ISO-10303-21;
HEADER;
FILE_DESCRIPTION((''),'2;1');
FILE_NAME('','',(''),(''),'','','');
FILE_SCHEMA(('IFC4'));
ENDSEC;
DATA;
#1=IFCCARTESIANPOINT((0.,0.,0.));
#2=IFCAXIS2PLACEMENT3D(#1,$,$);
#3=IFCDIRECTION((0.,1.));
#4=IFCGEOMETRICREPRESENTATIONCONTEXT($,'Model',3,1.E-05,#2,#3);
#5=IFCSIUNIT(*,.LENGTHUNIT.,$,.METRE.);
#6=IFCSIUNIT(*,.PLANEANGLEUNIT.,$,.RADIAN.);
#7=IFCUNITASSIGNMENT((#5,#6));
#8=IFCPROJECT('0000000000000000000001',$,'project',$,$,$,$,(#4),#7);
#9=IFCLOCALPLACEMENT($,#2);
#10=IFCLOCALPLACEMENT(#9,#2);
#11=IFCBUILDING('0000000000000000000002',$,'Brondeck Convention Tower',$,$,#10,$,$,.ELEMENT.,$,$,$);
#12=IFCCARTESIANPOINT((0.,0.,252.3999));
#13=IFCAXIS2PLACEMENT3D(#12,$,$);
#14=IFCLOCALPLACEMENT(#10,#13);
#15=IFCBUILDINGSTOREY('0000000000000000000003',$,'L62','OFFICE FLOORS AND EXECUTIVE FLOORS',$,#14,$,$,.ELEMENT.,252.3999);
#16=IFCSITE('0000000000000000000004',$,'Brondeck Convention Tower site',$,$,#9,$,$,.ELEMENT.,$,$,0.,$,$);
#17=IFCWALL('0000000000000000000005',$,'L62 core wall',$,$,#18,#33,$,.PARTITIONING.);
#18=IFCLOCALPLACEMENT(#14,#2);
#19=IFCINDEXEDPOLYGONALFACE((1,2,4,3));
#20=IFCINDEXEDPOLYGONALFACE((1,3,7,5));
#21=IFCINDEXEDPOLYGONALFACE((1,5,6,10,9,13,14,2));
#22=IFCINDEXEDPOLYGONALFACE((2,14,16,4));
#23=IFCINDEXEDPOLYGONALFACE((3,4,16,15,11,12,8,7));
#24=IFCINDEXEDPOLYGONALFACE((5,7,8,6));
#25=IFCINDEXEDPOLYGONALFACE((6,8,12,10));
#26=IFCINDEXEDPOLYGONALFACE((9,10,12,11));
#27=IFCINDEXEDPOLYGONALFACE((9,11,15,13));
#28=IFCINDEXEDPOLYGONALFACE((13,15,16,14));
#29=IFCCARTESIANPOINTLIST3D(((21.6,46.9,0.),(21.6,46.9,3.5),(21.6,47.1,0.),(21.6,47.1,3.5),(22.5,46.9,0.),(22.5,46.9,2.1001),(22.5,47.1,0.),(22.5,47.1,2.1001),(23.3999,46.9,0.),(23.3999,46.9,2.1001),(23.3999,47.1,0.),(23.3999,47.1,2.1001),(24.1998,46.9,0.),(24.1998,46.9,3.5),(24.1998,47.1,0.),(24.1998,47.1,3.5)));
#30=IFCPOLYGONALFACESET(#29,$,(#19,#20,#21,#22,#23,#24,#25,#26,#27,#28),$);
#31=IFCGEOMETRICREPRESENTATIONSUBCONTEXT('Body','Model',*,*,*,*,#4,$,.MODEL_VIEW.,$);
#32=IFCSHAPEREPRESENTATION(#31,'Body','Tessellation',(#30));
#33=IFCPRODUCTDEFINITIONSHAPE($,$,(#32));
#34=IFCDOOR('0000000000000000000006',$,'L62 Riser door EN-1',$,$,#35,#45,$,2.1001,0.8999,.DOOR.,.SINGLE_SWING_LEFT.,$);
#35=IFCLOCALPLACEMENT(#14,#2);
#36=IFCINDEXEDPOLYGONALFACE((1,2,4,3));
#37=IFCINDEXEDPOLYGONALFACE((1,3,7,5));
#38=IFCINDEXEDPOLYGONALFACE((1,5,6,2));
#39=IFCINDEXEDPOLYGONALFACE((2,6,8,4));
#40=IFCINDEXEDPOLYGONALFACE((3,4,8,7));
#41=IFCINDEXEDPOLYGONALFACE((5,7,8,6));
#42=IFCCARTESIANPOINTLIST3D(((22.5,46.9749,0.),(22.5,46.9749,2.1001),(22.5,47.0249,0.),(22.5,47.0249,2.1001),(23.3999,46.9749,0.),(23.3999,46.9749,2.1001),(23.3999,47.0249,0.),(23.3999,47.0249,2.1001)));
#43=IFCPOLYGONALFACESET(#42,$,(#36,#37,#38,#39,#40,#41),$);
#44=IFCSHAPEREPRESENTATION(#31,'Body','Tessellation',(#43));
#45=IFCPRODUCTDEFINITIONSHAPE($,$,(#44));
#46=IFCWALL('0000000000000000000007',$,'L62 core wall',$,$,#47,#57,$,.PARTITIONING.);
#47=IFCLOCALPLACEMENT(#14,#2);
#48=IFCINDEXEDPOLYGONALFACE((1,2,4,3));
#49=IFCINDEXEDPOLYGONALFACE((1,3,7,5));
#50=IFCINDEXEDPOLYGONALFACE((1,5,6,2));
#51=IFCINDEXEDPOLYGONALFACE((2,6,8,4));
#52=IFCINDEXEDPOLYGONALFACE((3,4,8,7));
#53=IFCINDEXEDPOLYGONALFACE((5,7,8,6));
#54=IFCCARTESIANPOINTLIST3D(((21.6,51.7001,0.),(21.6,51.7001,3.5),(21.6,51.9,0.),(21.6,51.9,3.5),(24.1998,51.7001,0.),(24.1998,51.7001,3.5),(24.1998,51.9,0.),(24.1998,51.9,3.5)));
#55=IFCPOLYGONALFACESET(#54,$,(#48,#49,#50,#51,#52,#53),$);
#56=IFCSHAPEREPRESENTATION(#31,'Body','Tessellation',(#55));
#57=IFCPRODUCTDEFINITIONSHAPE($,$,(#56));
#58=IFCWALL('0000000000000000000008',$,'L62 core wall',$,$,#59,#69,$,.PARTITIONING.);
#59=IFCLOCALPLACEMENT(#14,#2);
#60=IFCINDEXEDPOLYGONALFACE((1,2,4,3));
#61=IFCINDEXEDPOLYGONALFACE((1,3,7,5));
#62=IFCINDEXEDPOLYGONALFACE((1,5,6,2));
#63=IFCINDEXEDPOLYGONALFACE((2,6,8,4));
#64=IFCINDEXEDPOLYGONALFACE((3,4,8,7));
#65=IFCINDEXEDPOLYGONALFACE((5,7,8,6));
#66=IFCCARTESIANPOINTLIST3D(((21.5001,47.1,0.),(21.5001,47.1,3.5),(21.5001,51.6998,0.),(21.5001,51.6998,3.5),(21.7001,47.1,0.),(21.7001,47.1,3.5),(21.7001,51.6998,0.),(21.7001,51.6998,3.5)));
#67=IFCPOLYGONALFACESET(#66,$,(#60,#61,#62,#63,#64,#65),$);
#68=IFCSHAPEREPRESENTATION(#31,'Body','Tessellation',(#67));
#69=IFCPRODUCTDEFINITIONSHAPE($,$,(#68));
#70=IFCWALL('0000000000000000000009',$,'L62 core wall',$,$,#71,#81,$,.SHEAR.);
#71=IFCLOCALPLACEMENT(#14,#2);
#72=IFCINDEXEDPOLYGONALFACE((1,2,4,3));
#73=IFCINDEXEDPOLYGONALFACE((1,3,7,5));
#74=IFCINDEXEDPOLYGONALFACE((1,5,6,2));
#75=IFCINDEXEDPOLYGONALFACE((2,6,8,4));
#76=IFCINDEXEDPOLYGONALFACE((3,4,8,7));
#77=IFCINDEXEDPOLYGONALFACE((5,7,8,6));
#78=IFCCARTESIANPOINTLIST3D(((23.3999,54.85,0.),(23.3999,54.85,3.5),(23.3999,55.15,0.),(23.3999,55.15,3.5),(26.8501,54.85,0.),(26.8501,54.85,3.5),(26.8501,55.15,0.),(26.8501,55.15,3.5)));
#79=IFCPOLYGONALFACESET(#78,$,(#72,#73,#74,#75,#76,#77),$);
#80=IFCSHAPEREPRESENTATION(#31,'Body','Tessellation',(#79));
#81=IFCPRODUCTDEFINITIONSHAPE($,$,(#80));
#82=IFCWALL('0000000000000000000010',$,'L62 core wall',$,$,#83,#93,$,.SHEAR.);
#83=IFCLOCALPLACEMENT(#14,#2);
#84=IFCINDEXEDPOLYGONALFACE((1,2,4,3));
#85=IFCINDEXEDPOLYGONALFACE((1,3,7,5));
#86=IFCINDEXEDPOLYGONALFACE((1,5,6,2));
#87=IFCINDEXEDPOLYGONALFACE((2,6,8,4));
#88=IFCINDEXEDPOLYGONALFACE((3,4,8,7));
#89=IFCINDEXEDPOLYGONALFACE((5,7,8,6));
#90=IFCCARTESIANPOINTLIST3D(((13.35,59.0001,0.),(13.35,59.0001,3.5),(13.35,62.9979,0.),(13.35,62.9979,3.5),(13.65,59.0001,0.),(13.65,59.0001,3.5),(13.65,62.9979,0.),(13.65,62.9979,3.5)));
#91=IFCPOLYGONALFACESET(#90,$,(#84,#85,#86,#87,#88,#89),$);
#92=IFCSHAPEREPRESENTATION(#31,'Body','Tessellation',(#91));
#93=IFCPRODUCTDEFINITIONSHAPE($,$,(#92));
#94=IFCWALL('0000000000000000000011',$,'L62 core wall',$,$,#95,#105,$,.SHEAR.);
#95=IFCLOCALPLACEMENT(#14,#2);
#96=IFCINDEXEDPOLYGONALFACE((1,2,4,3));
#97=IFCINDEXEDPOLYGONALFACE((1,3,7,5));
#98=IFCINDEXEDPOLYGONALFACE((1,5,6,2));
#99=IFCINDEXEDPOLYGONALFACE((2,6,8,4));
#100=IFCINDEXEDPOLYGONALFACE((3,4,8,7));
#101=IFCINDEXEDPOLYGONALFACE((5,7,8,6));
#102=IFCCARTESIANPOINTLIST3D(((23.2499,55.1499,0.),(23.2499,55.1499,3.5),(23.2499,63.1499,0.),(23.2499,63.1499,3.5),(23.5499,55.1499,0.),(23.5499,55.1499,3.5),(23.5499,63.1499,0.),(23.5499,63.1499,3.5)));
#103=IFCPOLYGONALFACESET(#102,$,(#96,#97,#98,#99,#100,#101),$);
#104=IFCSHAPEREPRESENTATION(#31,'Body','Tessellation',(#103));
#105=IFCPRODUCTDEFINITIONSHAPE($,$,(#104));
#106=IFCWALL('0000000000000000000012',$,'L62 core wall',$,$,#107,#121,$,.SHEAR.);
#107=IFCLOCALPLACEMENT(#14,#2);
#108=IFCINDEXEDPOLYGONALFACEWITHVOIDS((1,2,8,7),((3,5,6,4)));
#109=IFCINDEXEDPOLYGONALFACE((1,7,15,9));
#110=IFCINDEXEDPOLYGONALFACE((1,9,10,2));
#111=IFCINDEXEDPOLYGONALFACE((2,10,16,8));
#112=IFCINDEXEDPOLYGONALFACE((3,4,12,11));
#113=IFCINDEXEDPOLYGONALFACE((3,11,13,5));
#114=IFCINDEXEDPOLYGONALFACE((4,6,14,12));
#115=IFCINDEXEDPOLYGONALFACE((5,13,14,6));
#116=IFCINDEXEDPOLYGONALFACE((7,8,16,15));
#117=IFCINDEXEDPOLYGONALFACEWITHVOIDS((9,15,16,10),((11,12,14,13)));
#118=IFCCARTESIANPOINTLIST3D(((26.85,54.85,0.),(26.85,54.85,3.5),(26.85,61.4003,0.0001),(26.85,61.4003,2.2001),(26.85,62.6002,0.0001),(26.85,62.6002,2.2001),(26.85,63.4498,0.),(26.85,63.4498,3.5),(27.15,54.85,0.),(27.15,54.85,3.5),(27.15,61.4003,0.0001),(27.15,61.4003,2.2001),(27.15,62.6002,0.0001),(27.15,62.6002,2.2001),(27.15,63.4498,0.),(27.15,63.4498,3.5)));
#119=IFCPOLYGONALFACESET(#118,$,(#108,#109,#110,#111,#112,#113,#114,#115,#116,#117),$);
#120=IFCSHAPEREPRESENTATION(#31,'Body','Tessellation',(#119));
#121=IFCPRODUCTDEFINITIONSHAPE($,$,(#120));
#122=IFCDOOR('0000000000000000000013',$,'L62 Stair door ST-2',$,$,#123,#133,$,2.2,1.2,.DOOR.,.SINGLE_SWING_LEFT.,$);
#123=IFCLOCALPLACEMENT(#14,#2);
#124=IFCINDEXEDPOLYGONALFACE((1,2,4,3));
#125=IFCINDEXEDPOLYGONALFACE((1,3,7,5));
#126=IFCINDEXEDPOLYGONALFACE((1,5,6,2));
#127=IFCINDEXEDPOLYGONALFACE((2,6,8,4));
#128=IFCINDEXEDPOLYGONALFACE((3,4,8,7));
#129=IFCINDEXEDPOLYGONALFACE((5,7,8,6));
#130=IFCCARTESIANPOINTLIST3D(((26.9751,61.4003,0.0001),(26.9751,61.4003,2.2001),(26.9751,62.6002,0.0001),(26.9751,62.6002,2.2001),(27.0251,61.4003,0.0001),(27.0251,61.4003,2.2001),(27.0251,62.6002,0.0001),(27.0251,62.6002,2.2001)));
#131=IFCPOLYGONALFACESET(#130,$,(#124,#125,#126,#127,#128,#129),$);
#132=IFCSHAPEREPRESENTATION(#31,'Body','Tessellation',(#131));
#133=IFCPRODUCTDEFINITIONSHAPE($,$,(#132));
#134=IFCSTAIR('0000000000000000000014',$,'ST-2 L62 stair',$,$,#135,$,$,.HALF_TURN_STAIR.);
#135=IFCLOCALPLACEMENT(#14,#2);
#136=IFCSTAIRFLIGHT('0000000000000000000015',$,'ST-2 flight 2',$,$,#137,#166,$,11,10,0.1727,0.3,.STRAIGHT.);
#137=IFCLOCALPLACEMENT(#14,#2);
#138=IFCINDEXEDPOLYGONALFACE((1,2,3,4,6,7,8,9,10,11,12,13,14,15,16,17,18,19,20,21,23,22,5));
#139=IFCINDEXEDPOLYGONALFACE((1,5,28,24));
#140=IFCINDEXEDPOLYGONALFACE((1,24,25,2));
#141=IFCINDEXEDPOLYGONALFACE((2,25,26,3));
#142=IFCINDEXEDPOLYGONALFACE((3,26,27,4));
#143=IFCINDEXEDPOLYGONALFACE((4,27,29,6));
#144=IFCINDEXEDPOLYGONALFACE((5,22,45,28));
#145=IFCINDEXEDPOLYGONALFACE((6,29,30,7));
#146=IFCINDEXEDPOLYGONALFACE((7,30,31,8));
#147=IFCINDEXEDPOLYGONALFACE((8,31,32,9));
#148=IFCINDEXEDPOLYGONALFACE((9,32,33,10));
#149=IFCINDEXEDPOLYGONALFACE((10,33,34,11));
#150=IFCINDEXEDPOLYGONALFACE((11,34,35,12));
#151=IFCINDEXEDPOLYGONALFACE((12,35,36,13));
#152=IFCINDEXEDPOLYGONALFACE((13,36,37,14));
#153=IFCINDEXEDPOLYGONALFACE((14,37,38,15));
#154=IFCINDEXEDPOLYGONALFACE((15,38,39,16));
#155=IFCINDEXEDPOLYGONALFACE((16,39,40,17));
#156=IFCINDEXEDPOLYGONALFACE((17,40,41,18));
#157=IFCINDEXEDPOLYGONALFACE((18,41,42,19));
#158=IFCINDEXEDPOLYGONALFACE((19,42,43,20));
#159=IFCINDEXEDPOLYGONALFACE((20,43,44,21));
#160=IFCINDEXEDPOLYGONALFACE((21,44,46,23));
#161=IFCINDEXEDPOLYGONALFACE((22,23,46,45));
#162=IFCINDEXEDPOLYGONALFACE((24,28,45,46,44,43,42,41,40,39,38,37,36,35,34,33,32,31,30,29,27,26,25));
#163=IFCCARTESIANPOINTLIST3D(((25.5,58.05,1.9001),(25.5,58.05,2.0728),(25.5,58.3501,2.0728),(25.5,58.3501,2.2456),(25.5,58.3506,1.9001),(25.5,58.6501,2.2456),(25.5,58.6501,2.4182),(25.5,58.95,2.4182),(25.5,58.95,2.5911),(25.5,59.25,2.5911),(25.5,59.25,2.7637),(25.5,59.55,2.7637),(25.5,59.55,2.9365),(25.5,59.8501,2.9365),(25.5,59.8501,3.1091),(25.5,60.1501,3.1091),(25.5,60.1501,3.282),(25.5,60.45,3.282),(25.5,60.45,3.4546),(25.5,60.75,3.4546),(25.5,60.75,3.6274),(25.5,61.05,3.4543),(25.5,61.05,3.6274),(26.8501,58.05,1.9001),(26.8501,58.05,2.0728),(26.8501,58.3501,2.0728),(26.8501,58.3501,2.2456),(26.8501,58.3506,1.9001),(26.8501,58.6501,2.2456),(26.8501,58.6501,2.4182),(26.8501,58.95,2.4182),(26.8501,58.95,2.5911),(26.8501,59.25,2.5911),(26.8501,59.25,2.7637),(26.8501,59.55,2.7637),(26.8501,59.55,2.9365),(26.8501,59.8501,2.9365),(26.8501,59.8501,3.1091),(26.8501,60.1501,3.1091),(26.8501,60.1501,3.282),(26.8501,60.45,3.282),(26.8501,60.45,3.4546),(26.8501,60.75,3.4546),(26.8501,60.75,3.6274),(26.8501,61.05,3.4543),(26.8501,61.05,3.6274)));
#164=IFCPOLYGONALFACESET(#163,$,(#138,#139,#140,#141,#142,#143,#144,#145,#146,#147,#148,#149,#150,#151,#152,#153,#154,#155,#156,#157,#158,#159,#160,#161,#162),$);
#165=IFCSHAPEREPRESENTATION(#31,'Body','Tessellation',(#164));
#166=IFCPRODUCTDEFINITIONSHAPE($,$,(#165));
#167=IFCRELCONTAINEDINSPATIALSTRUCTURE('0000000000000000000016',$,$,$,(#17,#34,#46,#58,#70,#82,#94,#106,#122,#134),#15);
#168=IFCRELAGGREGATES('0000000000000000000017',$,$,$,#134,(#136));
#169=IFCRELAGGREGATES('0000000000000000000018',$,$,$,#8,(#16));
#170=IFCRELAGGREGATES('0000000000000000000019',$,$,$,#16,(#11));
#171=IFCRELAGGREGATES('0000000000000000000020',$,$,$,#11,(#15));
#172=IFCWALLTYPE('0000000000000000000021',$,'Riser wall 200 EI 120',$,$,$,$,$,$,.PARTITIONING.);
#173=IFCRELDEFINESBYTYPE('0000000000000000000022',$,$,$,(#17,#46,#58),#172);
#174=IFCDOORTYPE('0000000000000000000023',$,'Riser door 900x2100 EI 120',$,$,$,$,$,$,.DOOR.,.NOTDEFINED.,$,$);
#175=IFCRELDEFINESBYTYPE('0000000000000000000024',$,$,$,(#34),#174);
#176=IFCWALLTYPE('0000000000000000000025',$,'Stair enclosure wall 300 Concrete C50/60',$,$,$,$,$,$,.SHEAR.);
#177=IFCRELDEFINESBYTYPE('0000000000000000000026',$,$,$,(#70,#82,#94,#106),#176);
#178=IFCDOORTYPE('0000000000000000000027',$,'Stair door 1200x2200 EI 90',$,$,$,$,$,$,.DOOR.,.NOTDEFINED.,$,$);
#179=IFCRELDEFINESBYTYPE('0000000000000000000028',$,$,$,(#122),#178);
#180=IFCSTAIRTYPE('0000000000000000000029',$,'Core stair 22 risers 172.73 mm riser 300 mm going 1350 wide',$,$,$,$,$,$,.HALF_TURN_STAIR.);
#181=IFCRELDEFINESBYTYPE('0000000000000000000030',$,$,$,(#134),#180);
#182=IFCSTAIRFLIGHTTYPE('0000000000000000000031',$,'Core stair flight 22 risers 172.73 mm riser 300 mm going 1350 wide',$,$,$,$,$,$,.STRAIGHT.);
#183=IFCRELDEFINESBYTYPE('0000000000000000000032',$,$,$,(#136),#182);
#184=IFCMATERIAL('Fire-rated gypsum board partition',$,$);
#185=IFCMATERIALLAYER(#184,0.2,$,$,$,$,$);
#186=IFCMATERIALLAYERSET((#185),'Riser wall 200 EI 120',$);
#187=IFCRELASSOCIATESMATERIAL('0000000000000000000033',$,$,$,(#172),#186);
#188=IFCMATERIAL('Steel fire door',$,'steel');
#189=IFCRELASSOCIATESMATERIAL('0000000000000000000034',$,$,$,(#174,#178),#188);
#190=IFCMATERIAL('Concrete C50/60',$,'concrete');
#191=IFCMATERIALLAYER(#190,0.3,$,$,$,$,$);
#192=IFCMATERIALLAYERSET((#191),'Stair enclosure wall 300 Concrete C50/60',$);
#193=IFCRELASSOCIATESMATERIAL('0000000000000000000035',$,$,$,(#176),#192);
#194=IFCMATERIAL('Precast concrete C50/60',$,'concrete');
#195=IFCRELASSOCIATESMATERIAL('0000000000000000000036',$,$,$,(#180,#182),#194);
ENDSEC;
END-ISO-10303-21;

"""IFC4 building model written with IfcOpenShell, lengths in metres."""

from ifc_helpers import new_model, si_unit, direction, frame, frame_2d, origin, place, context, subcontext, project, spatial, polyline, rectangle, outline, extrude, material, layer, layer_set, type_object, element, fill, aggregate, save


model = new_model("IFC4")

# Units and contexts
model_context = context("Model", 3, precision=1e-05, world=origin(), true_north=direction((0.0, 1.0)))
body_context = subcontext(model_context, "Body", "Model", "MODEL_VIEW")
ifc_project = project(units=[si_unit("LENGTHUNIT", "METRE"), si_unit("PLANEANGLEUNIT", "RADIAN")], contexts=[model_context])

# Site, building, storey
site_placement = place(None, origin())
site = spatial("IfcSite", under=ifc_project, at=site_placement, Name="Brondeck Convention Tower site", CompositionType="ELEMENT", RefElevation=0.0)
building_placement = place(site_placement, origin())
building = spatial("IfcBuilding", under=site, at=building_placement, Name="Brondeck Convention Tower", CompositionType="ELEMENT")
storey_placement = place(building_placement, frame((0.0, 0.0, 252.3999)))
storey = spatial("IfcBuildingStorey", under=building, at=storey_placement, Name="L62", Description="OFFICE FLOORS AND EXECUTIVE FLOORS", CompositionType="ELEMENT", Elevation=252.3999)

# Shared definitions
ifc_material_1 = material(Name="Concrete C50/60", Category="concrete")
ifc_material_2 = material(Name="Fire-rated gypsum board partition")

# Shared definitions
ifc_material_3 = material(Name="Steel fire door", Category="steel")

# Wall, opening, door
ifc_layer_1 = layer(ifc_material_2, 0.2)
ifc_layer_set_1 = layer_set([ifc_layer_1], Name="Riser wall 200 EI 120")
wall_type_1 = type_object("IfcWallType", Name="Riser wall 200 EI 120", PredefinedType="PARTITIONING", material=ifc_layer_set_1)
wall_1_placement = place(storey_placement, frame((21.6001, 47.0, 0.0), z_axis=(0.0, 0.0, 1.0), x_axis=(1.0, 0.0, 0.0)))
wall_1 = element("IfcWall", 1, at=wall_1_placement, inside=storey, type_object=wall_type_1, Name="L62 core wall", PredefinedType="PARTITIONING", context=body_context, shape_type="SweptSolid", body=[
    extrude(rectangle(XDim=2.5999, YDim=0.2, at=frame_2d((1.2998, 0.0))), origin(), (0.0, 0.0, 1.0), 3.5),
])
opening_1_placement = place(wall_1_placement, frame((0.8999, 0.0, 0.0)))
opening_1 = element("IfcOpeningElement", 2, at=opening_1_placement, cuts=wall_1, PredefinedType="OPENING", context=body_context, shape_type="SweptSolid", body=[
    extrude(rectangle(XDim=0.8999, YDim=2.1001, at=frame_2d((0.45, 1.05))), frame((0.0, 0.1099, 0.0), z_axis=(0.0, -1.0, 0.0), x_axis=(1.0, 0.0, 0.0)), (0.0, 0.0, 1.0), 0.22),
])
door_type_1 = type_object("IfcDoorType", Name="Riser door 900x2100 EI 120", OperationType="NOTDEFINED", PredefinedType="DOOR", material=ifc_material_3)
door_1_placement = place(opening_1_placement, origin())
door_1 = element("IfcDoor", 3, at=door_1_placement, inside=storey, type_object=door_type_1, Name="L62 Riser door EN-1", OperationType="SINGLE_SWING_LEFT", OverallHeight=2.1001, OverallWidth=0.8999, PredefinedType="DOOR", context=body_context, shape_type="SweptSolid", body=[
    extrude(rectangle(XDim=0.8999, YDim=2.1001, at=frame_2d((0.45, 1.05))), frame((0.0, 0.0249, 0.0), z_axis=(0.0, -1.0, 0.0), x_axis=(1.0, 0.0, 0.0)), (0.0, 0.0, 1.0), 0.05),
])
fill(opening_1, door_1)

# Walls
wall_2_placement = place(storey_placement, frame((21.6001, 51.8, 0.0), z_axis=(0.0, 0.0, 1.0), x_axis=(1.0, 0.0, 0.0)))
element("IfcWall", 4, at=wall_2_placement, inside=storey, type_object=wall_type_1, Name="L62 core wall", PredefinedType="PARTITIONING", context=body_context, shape_type="SweptSolid", body=[
    extrude(rectangle(XDim=2.5999, YDim=0.2, at=frame_2d((1.2998, 0.0))), origin(), (0.0, 0.0, 1.0), 3.5),
])
wall_3_placement = place(storey_placement, frame((21.6001, 47.1001, 0.0), z_axis=(0.0, 0.0, 1.0), x_axis=(0.0, 1.0, 0.0)))
element("IfcWall", 5, at=wall_3_placement, inside=storey, type_object=wall_type_1, Name="L62 core wall", PredefinedType="PARTITIONING", context=body_context, shape_type="SweptSolid", body=[
    extrude(rectangle(XDim=4.5999, YDim=0.2, at=frame_2d((2.2998, 0.0))), origin(), (0.0, 0.0, 1.0), 3.5),
])
ifc_layer_2 = layer(ifc_material_1, 0.3)
ifc_layer_set_2 = layer_set([ifc_layer_2], Name="Stair enclosure wall 300 Concrete C50/60")
wall_type_2 = type_object("IfcWallType", Name="Stair enclosure wall 300 Concrete C50/60", PredefinedType="SHEAR", material=ifc_layer_set_2)
wall_4_placement = place(storey_placement, frame((23.3999, 55.0, 0.0), z_axis=(0.0, 0.0, 1.0), x_axis=(1.0, 0.0, 0.0)))
element("IfcWall", 6, at=wall_4_placement, inside=storey, type_object=wall_type_2, Name="L62 core wall", PredefinedType="SHEAR", context=body_context, shape_type="SweptSolid", body=[
    extrude(rectangle(XDim=3.4502, YDim=0.3, at=frame_2d((1.7251, 0.0))), origin(), (0.0, 0.0, 1.0), 3.5),
])
wall_5_placement = place(storey_placement, frame((13.5, 59.0, 0.0), z_axis=(0.0, 0.0, 1.0), x_axis=(0.0, 1.0, 0.0)))
element("IfcWall", 7, at=wall_5_placement, inside=storey, type_object=wall_type_2, Name="L62 core wall", PredefinedType="SHEAR", context=body_context, shape_type="SweptSolid", body=[
    extrude(rectangle(XDim=3.9978, YDim=0.3, at=frame_2d((1.999, 0.0))), origin(), (0.0, 0.0, 1.0), 3.5),
])
wall_6_placement = place(storey_placement, frame((23.3999, 55.1499, 0.0), z_axis=(0.0, 0.0, 1.0), x_axis=(0.0, 1.0, 0.0)))
element("IfcWall", 8, at=wall_6_placement, inside=storey, type_object=wall_type_2, Name="L62 core wall", PredefinedType="SHEAR", context=body_context, shape_type="SweptSolid", body=[
    extrude(rectangle(XDim=8.0, YDim=0.3, at=frame_2d((4.0, 0.0))), origin(), (0.0, 0.0, 1.0), 3.5),
])

# Wall, opening, door
wall_7_placement = place(storey_placement, frame((27.0, 54.8501, 0.0), z_axis=(0.0, 0.0, 1.0), x_axis=(0.0, 1.0, 0.0)))
wall_7 = element("IfcWall", 9, at=wall_7_placement, inside=storey, type_object=wall_type_2, Name="L62 core wall", PredefinedType="SHEAR", context=body_context, shape_type="SweptSolid", body=[
    extrude(rectangle(XDim=8.5999, YDim=0.3, at=frame_2d((4.2998, 0.0))), origin(), (0.0, 0.0, 1.0), 3.5),
])
opening_2_placement = place(wall_7_placement, frame((6.55, 0.0, 0.0)))
opening_2 = element("IfcOpeningElement", 10, at=opening_2_placement, cuts=wall_7, PredefinedType="OPENING", context=body_context, shape_type="SweptSolid", body=[
    extrude(rectangle(XDim=1.2, YDim=2.2, at=frame_2d((0.6001, 1.1001))), frame((0.0, 0.1599, 0.0), z_axis=(0.0, -1.0, 0.0), x_axis=(1.0, 0.0, 0.0)), (0.0, 0.0, 1.0), 0.3201),
])
door_type_2 = type_object("IfcDoorType", Name="Stair door 1200x2200 EI 90", OperationType="NOTDEFINED", PredefinedType="DOOR", material=ifc_material_3)
door_2_placement = place(opening_2_placement, origin())
door_2 = element("IfcDoor", 11, at=door_2_placement, inside=storey, type_object=door_type_2, Name="L62 Stair door ST-2", OperationType="SINGLE_SWING_LEFT", OverallHeight=2.2, OverallWidth=1.2, PredefinedType="DOOR", context=body_context, shape_type="SweptSolid", body=[
    extrude(rectangle(XDim=1.2, YDim=2.2, at=frame_2d((0.6001, 1.1001))), frame((0.0, 0.0249, 0.0), z_axis=(0.0, -1.0, 0.0), x_axis=(1.0, 0.0, 0.0)), (0.0, 0.0, 1.0), 0.05),
])
fill(opening_2, door_2)

# Stair, stair flight
ifc_material_4 = material(Name="Precast concrete C50/60", Category="concrete")
stair_type = type_object("IfcStairType", Name="Core stair 22 risers 172.73 mm riser 300 mm going 1350 wide", PredefinedType="HALF_TURN_STAIR", material=ifc_material_4)
stair_1_placement = place(storey_placement, origin())
stair_1 = element("IfcStair", 12, at=stair_1_placement, inside=storey, type_object=stair_type, Name="ST-2 L62 stair", PredefinedType="HALF_TURN_STAIR")
stair_flight_type = type_object("IfcStairFlightType", Name="Core stair flight 22 risers 172.73 mm riser 300 mm going 1350 wide", PredefinedType="STRAIGHT", material=ifc_material_4)
stair_flight_1_placement = place(storey_placement, frame((26.175, 58.05, 1.9001), z_axis=(0.0, 0.0, 1.0), x_axis=(0.0, 1.0, 0.0)))
stair_flight_1 = element("IfcStairFlight", 13, at=stair_flight_1_placement, type_object=stair_flight_type, Name="ST-2 flight 2", NumberOfRisers=11, NumberOfTreads=10, PredefinedType="STRAIGHT", RiserHeight=0.1727, TreadLength=0.3, context=body_context, shape_type="SweptSolid", body=[
    extrude(outline(polyline([(0.0, 0.0), (0.0, 0.1726), (0.3, 0.1726), (0.3, 0.3455), (0.6001, 0.3455), (0.6001, 0.5181), (0.8999, 0.5181), (0.8999, 0.6909), (1.2, 0.6909), (1.2, 0.8635), (1.5, 0.8635), (1.5, 1.0364), (1.8, 1.0364), (1.8, 1.209), (2.1001, 1.209), (2.1001, 1.3818), (2.3999, 1.3818), (2.3999, 1.5544), (2.7, 1.5544), (2.7, 1.7273), (3.0, 1.7273), (3.0, 1.8999), (3.0, 1.5542), (0.3005, 0.0), (0.0, 0.0)])), frame((0.0, 0.675, 0.0), z_axis=(0.0, -1.0, 0.0), x_axis=(1.0, 0.0, 0.0)), (0.0, 0.0, 1.0), 1.3501),
])
aggregate(stair_1, [stair_flight_1])

save(model, "model.ifc")
